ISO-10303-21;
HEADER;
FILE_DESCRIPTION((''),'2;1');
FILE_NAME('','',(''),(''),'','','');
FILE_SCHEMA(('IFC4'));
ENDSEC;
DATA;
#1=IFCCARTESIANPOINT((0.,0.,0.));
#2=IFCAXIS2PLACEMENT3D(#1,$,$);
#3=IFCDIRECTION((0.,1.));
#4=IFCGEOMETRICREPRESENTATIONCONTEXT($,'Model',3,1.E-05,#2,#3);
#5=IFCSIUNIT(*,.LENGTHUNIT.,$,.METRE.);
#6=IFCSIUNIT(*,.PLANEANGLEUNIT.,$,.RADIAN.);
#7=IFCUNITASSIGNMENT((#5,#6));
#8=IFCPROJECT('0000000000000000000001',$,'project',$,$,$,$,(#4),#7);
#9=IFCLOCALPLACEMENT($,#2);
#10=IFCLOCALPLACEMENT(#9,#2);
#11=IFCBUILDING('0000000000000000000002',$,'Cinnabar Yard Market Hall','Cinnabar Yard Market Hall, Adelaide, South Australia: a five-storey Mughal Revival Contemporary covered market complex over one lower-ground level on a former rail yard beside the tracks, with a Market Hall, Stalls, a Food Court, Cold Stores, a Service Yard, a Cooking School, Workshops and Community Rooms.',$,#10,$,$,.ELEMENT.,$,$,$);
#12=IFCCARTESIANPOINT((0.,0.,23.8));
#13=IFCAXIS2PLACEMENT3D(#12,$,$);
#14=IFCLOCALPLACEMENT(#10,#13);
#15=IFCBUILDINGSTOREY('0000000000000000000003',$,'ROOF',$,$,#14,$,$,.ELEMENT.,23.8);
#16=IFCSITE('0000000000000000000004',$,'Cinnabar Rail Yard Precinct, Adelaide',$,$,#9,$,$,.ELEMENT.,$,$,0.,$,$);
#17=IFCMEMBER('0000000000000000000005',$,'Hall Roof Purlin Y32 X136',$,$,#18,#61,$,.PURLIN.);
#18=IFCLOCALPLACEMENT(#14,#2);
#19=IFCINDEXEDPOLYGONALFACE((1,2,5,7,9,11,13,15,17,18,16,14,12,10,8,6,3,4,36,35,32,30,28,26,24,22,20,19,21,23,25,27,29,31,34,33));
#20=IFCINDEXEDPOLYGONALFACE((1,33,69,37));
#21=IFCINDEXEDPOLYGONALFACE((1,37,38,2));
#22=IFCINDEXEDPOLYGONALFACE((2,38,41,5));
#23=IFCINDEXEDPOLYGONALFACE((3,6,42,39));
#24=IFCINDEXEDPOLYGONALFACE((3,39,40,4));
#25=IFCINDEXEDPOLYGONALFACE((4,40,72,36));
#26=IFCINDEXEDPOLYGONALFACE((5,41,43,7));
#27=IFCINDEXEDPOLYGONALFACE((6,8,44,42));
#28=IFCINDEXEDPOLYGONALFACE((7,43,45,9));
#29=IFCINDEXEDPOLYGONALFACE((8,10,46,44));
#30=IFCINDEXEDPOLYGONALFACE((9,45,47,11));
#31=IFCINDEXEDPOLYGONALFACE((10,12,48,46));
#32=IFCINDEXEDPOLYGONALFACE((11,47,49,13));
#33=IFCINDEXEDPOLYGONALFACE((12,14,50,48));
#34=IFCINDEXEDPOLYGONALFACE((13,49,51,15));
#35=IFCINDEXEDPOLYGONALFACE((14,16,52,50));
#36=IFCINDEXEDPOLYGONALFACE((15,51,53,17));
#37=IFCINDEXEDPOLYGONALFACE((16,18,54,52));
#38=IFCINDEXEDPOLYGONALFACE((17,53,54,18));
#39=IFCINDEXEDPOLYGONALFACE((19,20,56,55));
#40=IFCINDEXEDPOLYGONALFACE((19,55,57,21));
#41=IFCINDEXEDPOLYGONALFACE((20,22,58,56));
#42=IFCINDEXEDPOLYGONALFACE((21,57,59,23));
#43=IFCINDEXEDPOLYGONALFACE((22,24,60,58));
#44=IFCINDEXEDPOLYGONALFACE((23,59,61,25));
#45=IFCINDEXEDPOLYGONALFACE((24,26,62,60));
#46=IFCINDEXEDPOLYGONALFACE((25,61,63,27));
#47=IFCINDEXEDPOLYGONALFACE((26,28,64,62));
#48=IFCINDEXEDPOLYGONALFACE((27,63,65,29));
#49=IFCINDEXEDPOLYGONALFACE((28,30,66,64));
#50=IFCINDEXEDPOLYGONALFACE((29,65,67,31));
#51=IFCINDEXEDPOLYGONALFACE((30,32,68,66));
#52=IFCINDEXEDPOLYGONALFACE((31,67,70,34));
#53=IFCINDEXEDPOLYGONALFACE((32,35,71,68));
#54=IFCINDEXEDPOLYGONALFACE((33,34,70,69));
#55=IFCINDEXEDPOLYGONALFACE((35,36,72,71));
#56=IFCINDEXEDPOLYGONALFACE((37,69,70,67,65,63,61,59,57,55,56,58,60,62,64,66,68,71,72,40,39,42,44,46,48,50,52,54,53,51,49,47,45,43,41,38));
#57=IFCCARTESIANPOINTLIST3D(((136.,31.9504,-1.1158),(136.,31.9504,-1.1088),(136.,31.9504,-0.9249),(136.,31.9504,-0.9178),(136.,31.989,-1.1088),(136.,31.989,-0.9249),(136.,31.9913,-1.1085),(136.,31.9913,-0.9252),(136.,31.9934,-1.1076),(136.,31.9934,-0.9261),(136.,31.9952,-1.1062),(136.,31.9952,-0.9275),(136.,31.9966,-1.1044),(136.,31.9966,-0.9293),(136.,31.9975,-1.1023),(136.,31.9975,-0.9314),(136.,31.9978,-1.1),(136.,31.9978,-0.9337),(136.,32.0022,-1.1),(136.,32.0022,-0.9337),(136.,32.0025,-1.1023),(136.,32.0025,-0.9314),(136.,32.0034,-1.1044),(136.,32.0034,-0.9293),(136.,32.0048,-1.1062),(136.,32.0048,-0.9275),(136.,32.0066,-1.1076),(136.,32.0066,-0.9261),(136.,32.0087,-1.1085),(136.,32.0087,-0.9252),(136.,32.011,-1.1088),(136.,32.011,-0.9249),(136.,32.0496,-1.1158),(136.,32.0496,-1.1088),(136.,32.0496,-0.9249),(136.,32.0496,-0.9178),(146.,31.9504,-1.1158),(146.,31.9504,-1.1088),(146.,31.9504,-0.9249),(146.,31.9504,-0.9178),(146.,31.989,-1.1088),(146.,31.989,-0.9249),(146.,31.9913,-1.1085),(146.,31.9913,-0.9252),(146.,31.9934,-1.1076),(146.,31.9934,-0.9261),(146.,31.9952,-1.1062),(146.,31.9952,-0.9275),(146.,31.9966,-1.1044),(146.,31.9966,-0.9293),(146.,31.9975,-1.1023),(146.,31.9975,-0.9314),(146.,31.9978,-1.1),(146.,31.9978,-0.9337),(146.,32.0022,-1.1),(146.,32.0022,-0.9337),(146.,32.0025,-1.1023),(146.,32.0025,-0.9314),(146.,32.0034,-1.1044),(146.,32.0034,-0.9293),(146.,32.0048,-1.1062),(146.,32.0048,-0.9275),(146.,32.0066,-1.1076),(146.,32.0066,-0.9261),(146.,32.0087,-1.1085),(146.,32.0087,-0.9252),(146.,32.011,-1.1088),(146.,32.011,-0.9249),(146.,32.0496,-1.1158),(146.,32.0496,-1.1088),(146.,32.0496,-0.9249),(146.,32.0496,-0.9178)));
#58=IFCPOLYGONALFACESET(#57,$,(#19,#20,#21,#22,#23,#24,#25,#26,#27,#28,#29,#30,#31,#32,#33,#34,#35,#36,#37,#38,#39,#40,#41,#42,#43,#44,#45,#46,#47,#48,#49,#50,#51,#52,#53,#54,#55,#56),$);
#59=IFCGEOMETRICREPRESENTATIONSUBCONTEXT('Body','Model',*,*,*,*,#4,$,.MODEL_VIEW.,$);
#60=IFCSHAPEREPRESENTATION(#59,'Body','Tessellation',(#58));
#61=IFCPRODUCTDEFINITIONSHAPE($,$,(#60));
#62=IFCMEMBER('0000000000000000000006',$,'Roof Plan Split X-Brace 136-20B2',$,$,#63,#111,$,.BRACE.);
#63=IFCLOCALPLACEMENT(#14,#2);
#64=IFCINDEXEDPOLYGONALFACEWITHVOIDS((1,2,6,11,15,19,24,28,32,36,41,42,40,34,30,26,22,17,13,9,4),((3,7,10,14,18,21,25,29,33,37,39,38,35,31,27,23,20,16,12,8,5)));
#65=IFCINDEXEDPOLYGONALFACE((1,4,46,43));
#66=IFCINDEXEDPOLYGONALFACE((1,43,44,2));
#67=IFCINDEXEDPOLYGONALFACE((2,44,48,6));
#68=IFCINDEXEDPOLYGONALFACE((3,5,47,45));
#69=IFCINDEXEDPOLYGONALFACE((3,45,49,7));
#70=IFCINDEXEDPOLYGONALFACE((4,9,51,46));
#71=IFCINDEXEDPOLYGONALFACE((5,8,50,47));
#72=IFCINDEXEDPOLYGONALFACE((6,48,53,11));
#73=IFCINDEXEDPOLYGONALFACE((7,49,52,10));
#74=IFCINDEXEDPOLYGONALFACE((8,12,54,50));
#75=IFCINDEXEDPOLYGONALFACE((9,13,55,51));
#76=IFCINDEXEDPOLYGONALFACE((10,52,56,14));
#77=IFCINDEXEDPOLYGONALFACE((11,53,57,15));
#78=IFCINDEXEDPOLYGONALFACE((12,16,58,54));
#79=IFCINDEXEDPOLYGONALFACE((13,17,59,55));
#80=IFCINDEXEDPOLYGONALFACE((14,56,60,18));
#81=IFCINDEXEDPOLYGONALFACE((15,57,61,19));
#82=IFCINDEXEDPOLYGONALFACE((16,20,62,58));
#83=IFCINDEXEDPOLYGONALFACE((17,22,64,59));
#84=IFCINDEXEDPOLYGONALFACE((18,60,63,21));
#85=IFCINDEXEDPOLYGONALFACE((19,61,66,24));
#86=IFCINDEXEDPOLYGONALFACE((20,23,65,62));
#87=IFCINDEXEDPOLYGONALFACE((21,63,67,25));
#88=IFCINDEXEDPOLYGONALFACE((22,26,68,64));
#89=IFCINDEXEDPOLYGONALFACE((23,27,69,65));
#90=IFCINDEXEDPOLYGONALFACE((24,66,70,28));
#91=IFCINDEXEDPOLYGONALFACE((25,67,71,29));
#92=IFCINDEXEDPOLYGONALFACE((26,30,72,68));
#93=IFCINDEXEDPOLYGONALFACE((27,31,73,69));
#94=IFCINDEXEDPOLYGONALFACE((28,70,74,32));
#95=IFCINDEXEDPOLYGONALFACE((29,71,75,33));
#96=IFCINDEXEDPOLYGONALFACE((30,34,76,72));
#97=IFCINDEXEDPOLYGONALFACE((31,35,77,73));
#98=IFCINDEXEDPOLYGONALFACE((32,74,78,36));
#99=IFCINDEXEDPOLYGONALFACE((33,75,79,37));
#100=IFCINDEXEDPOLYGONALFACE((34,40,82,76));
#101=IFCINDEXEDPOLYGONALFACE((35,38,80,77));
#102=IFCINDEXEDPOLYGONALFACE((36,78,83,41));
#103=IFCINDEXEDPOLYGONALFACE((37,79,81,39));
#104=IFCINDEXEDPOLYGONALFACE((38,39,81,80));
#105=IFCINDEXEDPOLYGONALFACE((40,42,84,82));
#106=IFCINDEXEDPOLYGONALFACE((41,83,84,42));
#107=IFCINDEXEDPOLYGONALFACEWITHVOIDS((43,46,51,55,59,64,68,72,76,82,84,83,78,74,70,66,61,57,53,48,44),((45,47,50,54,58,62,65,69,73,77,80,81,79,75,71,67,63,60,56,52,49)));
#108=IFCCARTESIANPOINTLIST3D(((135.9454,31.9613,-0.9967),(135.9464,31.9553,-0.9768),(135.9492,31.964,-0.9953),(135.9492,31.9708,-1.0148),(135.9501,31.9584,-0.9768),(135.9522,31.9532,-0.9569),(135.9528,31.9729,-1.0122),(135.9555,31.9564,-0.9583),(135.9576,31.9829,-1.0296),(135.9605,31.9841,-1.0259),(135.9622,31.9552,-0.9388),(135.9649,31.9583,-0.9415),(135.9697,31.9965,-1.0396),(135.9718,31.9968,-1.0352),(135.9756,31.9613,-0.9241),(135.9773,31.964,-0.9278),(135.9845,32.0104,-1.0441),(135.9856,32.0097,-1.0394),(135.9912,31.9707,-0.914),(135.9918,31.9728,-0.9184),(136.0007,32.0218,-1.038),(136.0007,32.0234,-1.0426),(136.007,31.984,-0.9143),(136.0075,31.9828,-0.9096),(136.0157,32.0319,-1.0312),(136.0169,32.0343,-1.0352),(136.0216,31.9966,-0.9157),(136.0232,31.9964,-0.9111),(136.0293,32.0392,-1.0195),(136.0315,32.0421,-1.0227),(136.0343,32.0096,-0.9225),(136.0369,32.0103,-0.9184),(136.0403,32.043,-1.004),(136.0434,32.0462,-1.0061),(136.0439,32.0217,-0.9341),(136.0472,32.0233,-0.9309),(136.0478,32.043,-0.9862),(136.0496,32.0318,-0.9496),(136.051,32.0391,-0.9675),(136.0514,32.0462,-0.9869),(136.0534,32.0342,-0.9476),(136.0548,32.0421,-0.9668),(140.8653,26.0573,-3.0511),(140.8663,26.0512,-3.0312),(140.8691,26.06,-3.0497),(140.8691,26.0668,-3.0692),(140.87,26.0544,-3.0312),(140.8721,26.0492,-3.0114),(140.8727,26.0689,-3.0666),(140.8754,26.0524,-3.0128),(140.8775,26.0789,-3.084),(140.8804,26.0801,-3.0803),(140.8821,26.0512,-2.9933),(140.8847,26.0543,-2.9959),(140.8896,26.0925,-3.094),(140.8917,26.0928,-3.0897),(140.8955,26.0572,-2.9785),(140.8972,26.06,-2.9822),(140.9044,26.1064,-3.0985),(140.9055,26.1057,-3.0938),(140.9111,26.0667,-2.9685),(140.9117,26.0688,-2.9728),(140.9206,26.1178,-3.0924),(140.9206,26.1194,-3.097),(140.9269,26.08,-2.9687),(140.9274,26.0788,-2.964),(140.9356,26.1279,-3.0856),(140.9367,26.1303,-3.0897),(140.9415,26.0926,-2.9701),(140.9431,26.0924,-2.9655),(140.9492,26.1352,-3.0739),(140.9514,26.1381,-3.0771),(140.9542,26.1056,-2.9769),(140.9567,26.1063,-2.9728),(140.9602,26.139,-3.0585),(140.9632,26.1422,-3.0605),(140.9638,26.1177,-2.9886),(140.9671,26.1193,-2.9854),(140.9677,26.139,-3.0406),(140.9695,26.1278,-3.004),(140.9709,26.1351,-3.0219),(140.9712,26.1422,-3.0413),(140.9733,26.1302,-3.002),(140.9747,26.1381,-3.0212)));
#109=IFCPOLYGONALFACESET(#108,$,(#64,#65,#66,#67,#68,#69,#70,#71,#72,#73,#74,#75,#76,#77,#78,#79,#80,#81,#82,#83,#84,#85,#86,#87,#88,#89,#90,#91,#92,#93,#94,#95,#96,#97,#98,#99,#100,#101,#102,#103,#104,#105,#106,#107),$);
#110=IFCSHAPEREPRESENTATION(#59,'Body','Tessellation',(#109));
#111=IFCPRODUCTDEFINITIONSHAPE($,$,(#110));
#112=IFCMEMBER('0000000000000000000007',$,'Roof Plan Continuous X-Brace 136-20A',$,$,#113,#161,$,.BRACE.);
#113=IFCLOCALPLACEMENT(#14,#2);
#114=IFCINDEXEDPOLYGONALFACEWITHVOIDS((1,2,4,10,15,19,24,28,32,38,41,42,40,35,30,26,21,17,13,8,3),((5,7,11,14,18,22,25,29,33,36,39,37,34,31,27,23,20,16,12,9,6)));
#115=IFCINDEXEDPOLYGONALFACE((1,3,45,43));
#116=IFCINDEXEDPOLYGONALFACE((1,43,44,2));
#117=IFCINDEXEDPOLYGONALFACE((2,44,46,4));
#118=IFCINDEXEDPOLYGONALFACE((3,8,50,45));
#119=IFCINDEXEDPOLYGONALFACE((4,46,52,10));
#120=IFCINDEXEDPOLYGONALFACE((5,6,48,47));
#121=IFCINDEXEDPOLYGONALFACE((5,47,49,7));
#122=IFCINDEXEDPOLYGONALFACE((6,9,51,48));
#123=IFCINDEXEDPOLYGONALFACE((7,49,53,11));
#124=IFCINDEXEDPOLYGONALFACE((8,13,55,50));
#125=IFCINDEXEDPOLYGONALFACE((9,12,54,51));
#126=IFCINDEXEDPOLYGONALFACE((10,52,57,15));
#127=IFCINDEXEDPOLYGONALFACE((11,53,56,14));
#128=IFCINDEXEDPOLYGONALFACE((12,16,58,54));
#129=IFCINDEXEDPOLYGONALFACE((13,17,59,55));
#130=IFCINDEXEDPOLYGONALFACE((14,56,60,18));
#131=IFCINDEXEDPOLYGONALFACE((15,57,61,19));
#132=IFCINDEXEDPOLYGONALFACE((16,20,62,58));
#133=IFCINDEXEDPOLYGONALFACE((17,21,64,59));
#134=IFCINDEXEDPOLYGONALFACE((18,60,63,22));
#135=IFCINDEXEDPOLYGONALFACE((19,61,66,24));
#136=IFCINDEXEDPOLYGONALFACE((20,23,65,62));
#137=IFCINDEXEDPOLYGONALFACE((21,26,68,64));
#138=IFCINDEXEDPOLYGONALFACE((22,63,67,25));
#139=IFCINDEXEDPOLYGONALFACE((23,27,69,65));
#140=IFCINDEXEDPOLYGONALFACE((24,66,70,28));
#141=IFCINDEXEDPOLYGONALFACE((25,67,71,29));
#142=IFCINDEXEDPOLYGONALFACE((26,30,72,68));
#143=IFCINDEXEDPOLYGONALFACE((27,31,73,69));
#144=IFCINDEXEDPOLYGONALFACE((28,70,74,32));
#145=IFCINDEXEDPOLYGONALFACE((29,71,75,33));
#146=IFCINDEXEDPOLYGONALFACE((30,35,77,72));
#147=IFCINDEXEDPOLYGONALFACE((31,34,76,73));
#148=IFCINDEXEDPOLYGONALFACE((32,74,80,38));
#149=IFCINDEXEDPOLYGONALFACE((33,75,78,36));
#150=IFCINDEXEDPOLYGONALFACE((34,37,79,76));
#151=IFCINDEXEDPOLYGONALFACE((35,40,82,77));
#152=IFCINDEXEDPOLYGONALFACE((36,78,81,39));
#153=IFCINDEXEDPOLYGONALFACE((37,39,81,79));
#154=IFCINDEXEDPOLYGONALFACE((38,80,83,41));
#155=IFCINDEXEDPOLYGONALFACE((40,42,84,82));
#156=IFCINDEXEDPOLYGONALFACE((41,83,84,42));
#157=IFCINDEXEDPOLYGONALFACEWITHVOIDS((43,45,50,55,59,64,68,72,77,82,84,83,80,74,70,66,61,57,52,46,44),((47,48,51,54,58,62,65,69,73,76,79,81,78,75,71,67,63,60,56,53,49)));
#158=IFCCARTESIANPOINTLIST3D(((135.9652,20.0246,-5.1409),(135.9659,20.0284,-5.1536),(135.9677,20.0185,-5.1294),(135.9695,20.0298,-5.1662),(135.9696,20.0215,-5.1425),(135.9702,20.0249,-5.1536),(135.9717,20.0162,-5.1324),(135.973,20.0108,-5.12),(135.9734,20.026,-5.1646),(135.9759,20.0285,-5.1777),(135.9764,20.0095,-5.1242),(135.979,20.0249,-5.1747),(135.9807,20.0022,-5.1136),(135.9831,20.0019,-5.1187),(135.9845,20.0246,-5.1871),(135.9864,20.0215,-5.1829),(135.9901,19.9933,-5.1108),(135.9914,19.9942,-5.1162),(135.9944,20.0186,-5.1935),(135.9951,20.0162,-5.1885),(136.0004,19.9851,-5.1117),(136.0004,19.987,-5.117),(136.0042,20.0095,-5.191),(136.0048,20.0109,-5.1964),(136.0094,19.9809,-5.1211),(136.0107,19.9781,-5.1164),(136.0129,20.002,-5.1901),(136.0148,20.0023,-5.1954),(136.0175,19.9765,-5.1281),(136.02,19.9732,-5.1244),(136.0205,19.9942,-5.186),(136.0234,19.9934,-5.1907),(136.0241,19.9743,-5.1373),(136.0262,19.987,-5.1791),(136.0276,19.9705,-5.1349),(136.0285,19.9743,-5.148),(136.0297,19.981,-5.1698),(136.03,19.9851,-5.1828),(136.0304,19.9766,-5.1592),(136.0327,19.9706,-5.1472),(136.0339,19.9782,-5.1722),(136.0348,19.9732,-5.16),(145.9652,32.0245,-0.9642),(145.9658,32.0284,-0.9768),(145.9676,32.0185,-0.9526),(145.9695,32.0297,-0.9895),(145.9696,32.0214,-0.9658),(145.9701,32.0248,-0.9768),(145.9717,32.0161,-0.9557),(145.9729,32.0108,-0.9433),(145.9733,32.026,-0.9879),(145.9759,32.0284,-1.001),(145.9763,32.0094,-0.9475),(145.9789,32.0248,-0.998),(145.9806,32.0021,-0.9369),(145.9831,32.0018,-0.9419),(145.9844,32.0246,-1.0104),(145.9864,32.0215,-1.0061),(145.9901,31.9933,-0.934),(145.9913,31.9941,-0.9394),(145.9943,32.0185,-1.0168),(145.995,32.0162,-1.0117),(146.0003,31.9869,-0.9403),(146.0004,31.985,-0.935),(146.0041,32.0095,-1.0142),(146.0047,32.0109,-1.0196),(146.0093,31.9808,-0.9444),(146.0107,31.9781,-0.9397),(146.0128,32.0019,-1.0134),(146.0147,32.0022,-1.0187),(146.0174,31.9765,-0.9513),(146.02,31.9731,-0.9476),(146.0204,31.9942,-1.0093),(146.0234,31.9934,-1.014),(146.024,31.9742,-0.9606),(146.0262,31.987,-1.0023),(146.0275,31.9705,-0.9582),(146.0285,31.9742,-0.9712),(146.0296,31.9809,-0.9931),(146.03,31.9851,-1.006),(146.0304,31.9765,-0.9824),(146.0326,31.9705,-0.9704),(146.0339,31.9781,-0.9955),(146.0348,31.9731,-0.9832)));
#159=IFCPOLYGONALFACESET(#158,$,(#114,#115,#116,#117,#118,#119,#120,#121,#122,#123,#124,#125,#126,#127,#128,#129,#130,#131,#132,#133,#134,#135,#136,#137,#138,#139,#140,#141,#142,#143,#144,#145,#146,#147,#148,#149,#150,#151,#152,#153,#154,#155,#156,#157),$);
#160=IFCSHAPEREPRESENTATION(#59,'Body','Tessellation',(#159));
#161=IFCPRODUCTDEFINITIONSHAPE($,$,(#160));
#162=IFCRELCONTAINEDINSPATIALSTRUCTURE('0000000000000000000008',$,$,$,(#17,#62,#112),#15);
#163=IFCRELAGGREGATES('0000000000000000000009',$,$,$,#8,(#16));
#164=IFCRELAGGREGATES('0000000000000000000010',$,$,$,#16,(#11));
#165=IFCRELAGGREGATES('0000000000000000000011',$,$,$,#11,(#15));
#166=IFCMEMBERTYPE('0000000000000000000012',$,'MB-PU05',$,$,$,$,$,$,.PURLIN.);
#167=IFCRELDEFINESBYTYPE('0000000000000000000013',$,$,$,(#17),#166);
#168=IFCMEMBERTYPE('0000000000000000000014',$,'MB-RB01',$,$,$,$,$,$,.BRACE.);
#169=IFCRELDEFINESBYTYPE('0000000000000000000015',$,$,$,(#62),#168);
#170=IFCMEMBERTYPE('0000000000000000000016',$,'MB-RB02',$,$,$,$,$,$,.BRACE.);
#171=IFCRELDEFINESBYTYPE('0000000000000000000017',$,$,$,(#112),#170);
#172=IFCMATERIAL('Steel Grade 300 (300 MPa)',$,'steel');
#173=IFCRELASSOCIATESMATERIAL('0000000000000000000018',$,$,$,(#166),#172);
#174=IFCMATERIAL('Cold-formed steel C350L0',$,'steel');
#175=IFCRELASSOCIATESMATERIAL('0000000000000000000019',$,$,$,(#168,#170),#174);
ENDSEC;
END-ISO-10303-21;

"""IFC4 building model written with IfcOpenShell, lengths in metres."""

from ifc_helpers import new_model, si_unit, direction, frame, origin, origin_2d_with_axis, place, context, subcontext, project, spatial, hollow_circle, i_section, extrude, material, material_profile, profile_set, type_object, element, save


model = new_model("IFC4")

# Units and contexts
model_context = context("Model", 3, precision=1e-05, world=origin(), true_north=direction((0.0, 1.0)))
body_context = subcontext(model_context, "Body", "Model", "MODEL_VIEW")
ifc_project = project(units=[si_unit("LENGTHUNIT", "METRE"), si_unit("PLANEANGLEUNIT", "RADIAN")], contexts=[model_context])

# Site, building, storey
site_placement = place(None, origin())
site = spatial("IfcSite", under=ifc_project, at=site_placement, Name="Cinnabar Rail Yard Precinct, Adelaide", CompositionType="ELEMENT", RefElevation=0.0)
building_placement = place(site_placement, origin())
building = spatial("IfcBuilding", under=site, at=building_placement, Name="Cinnabar Yard Market Hall", Description="Cinnabar Yard Market Hall, Adelaide, South Australia: a five-storey Mughal Revival Contemporary covered market complex over one lower-ground level on a former rail yard beside the tracks, with a Market Hall, Stalls, a Food Court, Cold Stores, a Service Yard, a Cooking School, Workshops and Community Rooms.", CompositionType="ELEMENT")
storey_placement = place(building_placement, frame((0.0, 0.0, 23.8)))
storey = spatial("IfcBuildingStorey", under=building, at=storey_placement, Name="ROOF", CompositionType="ELEMENT", Elevation=23.8)

# Shared definitions
ifc_material_1 = material(Name="Steel Grade 300 (300 MPa)", Category="steel")
ifc_material_2 = material(Name="Cold-formed steel C350L0", Category="steel")

# Members
ifc_material_profile_1 = material_profile(ifc_material_1, i_section(OverallWidth=0.0991, OverallDepth=0.198, WebThickness=0.0044, FlangeThickness=0.0071, FilletRadius=0.0088, at=origin_2d_with_axis()), Name="200UB18.2")
ifc_profile_set_1 = profile_set([ifc_material_profile_1], Name="Steel Grade 300 (300 MPa)")
member_type_1 = type_object("IfcMemberType", Name="MB-PU05", PredefinedType="PURLIN", material=ifc_profile_set_1)
member_1_placement = place(storey_placement, frame((136.0, 32.0, -1.0168), z_axis=(1.0, 0.0, 0.0), x_axis=(0.0, 1.0, 0.0)))
element("IfcMember", 1, at=member_1_placement, inside=storey, type_object=member_type_1, Name="Hall Roof Purlin Y32 X136", PredefinedType="PURLIN", context=body_context, shape_type="SweptSolid", body=[
    extrude(i_section(OverallWidth=0.0991, OverallDepth=0.198, WebThickness=0.0044, FlangeThickness=0.0071, FilletRadius=0.0088, at=origin_2d_with_axis()), origin(), (0.0, 0.0, 1.0), 10.0),
])
ifc_material_profile_2 = material_profile(ifc_material_2, hollow_circle(Radius=0.0698, WallThickness=0.0049, at=origin_2d_with_axis()), Name="139.7x5.0CHS")
ifc_profile_set_2 = profile_set([ifc_material_profile_2], Name="Cold-formed steel C350L0")
member_type_2 = type_object("IfcMemberType", Name="MB-RB01", PredefinedType="BRACE", material=ifc_profile_set_2)
member_2_placement = place(storey_placement, frame((140.9199, 26.0959, -3.0312), z_axis=(-0.618458, 0.742169, 0.258254), x_axis=(-0.768229, -0.640175, 0.0)))
element("IfcMember", 2, at=member_2_placement, inside=storey, type_object=member_type_2, Name="Roof Plan Split X-Brace 136-20B2", PredefinedType="BRACE", context=body_context, shape_type="SweptSolid", body=[
    extrude(hollow_circle(Radius=0.0698, WallThickness=0.0049, at=origin_2d_with_axis()), origin(), (0.0, 0.0, 1.0), 7.9551),
])
ifc_material_profile_3 = material_profile(ifc_material_2, hollow_circle(Radius=0.0444, WallThickness=0.0056, at=origin_2d_with_axis()), Name="88.9x5.5CHS")
ifc_profile_set_3 = profile_set([ifc_material_profile_3], Name="Cold-formed steel C350L0")
member_type_3 = type_object("IfcMemberType", Name="MB-RB02", PredefinedType="BRACE", material=ifc_profile_set_3)
member_3_placement = place(storey_placement, frame((136.0, 20.0, -5.1536), z_axis=(0.618457, 0.742149, 0.258315), x_axis=(-0.768221, 0.640184, 0.0)))
element("IfcMember", 3, at=member_3_placement, inside=storey, type_object=member_type_3, Name="Roof Plan Continuous X-Brace 136-20A", PredefinedType="BRACE", context=body_context, shape_type="SweptSolid", body=[
    extrude(hollow_circle(Radius=0.0444, WallThickness=0.0056, at=origin_2d_with_axis()), origin(), (0.0, 0.0, 1.0), 16.1692),
])

save(model, "model.ifc")
